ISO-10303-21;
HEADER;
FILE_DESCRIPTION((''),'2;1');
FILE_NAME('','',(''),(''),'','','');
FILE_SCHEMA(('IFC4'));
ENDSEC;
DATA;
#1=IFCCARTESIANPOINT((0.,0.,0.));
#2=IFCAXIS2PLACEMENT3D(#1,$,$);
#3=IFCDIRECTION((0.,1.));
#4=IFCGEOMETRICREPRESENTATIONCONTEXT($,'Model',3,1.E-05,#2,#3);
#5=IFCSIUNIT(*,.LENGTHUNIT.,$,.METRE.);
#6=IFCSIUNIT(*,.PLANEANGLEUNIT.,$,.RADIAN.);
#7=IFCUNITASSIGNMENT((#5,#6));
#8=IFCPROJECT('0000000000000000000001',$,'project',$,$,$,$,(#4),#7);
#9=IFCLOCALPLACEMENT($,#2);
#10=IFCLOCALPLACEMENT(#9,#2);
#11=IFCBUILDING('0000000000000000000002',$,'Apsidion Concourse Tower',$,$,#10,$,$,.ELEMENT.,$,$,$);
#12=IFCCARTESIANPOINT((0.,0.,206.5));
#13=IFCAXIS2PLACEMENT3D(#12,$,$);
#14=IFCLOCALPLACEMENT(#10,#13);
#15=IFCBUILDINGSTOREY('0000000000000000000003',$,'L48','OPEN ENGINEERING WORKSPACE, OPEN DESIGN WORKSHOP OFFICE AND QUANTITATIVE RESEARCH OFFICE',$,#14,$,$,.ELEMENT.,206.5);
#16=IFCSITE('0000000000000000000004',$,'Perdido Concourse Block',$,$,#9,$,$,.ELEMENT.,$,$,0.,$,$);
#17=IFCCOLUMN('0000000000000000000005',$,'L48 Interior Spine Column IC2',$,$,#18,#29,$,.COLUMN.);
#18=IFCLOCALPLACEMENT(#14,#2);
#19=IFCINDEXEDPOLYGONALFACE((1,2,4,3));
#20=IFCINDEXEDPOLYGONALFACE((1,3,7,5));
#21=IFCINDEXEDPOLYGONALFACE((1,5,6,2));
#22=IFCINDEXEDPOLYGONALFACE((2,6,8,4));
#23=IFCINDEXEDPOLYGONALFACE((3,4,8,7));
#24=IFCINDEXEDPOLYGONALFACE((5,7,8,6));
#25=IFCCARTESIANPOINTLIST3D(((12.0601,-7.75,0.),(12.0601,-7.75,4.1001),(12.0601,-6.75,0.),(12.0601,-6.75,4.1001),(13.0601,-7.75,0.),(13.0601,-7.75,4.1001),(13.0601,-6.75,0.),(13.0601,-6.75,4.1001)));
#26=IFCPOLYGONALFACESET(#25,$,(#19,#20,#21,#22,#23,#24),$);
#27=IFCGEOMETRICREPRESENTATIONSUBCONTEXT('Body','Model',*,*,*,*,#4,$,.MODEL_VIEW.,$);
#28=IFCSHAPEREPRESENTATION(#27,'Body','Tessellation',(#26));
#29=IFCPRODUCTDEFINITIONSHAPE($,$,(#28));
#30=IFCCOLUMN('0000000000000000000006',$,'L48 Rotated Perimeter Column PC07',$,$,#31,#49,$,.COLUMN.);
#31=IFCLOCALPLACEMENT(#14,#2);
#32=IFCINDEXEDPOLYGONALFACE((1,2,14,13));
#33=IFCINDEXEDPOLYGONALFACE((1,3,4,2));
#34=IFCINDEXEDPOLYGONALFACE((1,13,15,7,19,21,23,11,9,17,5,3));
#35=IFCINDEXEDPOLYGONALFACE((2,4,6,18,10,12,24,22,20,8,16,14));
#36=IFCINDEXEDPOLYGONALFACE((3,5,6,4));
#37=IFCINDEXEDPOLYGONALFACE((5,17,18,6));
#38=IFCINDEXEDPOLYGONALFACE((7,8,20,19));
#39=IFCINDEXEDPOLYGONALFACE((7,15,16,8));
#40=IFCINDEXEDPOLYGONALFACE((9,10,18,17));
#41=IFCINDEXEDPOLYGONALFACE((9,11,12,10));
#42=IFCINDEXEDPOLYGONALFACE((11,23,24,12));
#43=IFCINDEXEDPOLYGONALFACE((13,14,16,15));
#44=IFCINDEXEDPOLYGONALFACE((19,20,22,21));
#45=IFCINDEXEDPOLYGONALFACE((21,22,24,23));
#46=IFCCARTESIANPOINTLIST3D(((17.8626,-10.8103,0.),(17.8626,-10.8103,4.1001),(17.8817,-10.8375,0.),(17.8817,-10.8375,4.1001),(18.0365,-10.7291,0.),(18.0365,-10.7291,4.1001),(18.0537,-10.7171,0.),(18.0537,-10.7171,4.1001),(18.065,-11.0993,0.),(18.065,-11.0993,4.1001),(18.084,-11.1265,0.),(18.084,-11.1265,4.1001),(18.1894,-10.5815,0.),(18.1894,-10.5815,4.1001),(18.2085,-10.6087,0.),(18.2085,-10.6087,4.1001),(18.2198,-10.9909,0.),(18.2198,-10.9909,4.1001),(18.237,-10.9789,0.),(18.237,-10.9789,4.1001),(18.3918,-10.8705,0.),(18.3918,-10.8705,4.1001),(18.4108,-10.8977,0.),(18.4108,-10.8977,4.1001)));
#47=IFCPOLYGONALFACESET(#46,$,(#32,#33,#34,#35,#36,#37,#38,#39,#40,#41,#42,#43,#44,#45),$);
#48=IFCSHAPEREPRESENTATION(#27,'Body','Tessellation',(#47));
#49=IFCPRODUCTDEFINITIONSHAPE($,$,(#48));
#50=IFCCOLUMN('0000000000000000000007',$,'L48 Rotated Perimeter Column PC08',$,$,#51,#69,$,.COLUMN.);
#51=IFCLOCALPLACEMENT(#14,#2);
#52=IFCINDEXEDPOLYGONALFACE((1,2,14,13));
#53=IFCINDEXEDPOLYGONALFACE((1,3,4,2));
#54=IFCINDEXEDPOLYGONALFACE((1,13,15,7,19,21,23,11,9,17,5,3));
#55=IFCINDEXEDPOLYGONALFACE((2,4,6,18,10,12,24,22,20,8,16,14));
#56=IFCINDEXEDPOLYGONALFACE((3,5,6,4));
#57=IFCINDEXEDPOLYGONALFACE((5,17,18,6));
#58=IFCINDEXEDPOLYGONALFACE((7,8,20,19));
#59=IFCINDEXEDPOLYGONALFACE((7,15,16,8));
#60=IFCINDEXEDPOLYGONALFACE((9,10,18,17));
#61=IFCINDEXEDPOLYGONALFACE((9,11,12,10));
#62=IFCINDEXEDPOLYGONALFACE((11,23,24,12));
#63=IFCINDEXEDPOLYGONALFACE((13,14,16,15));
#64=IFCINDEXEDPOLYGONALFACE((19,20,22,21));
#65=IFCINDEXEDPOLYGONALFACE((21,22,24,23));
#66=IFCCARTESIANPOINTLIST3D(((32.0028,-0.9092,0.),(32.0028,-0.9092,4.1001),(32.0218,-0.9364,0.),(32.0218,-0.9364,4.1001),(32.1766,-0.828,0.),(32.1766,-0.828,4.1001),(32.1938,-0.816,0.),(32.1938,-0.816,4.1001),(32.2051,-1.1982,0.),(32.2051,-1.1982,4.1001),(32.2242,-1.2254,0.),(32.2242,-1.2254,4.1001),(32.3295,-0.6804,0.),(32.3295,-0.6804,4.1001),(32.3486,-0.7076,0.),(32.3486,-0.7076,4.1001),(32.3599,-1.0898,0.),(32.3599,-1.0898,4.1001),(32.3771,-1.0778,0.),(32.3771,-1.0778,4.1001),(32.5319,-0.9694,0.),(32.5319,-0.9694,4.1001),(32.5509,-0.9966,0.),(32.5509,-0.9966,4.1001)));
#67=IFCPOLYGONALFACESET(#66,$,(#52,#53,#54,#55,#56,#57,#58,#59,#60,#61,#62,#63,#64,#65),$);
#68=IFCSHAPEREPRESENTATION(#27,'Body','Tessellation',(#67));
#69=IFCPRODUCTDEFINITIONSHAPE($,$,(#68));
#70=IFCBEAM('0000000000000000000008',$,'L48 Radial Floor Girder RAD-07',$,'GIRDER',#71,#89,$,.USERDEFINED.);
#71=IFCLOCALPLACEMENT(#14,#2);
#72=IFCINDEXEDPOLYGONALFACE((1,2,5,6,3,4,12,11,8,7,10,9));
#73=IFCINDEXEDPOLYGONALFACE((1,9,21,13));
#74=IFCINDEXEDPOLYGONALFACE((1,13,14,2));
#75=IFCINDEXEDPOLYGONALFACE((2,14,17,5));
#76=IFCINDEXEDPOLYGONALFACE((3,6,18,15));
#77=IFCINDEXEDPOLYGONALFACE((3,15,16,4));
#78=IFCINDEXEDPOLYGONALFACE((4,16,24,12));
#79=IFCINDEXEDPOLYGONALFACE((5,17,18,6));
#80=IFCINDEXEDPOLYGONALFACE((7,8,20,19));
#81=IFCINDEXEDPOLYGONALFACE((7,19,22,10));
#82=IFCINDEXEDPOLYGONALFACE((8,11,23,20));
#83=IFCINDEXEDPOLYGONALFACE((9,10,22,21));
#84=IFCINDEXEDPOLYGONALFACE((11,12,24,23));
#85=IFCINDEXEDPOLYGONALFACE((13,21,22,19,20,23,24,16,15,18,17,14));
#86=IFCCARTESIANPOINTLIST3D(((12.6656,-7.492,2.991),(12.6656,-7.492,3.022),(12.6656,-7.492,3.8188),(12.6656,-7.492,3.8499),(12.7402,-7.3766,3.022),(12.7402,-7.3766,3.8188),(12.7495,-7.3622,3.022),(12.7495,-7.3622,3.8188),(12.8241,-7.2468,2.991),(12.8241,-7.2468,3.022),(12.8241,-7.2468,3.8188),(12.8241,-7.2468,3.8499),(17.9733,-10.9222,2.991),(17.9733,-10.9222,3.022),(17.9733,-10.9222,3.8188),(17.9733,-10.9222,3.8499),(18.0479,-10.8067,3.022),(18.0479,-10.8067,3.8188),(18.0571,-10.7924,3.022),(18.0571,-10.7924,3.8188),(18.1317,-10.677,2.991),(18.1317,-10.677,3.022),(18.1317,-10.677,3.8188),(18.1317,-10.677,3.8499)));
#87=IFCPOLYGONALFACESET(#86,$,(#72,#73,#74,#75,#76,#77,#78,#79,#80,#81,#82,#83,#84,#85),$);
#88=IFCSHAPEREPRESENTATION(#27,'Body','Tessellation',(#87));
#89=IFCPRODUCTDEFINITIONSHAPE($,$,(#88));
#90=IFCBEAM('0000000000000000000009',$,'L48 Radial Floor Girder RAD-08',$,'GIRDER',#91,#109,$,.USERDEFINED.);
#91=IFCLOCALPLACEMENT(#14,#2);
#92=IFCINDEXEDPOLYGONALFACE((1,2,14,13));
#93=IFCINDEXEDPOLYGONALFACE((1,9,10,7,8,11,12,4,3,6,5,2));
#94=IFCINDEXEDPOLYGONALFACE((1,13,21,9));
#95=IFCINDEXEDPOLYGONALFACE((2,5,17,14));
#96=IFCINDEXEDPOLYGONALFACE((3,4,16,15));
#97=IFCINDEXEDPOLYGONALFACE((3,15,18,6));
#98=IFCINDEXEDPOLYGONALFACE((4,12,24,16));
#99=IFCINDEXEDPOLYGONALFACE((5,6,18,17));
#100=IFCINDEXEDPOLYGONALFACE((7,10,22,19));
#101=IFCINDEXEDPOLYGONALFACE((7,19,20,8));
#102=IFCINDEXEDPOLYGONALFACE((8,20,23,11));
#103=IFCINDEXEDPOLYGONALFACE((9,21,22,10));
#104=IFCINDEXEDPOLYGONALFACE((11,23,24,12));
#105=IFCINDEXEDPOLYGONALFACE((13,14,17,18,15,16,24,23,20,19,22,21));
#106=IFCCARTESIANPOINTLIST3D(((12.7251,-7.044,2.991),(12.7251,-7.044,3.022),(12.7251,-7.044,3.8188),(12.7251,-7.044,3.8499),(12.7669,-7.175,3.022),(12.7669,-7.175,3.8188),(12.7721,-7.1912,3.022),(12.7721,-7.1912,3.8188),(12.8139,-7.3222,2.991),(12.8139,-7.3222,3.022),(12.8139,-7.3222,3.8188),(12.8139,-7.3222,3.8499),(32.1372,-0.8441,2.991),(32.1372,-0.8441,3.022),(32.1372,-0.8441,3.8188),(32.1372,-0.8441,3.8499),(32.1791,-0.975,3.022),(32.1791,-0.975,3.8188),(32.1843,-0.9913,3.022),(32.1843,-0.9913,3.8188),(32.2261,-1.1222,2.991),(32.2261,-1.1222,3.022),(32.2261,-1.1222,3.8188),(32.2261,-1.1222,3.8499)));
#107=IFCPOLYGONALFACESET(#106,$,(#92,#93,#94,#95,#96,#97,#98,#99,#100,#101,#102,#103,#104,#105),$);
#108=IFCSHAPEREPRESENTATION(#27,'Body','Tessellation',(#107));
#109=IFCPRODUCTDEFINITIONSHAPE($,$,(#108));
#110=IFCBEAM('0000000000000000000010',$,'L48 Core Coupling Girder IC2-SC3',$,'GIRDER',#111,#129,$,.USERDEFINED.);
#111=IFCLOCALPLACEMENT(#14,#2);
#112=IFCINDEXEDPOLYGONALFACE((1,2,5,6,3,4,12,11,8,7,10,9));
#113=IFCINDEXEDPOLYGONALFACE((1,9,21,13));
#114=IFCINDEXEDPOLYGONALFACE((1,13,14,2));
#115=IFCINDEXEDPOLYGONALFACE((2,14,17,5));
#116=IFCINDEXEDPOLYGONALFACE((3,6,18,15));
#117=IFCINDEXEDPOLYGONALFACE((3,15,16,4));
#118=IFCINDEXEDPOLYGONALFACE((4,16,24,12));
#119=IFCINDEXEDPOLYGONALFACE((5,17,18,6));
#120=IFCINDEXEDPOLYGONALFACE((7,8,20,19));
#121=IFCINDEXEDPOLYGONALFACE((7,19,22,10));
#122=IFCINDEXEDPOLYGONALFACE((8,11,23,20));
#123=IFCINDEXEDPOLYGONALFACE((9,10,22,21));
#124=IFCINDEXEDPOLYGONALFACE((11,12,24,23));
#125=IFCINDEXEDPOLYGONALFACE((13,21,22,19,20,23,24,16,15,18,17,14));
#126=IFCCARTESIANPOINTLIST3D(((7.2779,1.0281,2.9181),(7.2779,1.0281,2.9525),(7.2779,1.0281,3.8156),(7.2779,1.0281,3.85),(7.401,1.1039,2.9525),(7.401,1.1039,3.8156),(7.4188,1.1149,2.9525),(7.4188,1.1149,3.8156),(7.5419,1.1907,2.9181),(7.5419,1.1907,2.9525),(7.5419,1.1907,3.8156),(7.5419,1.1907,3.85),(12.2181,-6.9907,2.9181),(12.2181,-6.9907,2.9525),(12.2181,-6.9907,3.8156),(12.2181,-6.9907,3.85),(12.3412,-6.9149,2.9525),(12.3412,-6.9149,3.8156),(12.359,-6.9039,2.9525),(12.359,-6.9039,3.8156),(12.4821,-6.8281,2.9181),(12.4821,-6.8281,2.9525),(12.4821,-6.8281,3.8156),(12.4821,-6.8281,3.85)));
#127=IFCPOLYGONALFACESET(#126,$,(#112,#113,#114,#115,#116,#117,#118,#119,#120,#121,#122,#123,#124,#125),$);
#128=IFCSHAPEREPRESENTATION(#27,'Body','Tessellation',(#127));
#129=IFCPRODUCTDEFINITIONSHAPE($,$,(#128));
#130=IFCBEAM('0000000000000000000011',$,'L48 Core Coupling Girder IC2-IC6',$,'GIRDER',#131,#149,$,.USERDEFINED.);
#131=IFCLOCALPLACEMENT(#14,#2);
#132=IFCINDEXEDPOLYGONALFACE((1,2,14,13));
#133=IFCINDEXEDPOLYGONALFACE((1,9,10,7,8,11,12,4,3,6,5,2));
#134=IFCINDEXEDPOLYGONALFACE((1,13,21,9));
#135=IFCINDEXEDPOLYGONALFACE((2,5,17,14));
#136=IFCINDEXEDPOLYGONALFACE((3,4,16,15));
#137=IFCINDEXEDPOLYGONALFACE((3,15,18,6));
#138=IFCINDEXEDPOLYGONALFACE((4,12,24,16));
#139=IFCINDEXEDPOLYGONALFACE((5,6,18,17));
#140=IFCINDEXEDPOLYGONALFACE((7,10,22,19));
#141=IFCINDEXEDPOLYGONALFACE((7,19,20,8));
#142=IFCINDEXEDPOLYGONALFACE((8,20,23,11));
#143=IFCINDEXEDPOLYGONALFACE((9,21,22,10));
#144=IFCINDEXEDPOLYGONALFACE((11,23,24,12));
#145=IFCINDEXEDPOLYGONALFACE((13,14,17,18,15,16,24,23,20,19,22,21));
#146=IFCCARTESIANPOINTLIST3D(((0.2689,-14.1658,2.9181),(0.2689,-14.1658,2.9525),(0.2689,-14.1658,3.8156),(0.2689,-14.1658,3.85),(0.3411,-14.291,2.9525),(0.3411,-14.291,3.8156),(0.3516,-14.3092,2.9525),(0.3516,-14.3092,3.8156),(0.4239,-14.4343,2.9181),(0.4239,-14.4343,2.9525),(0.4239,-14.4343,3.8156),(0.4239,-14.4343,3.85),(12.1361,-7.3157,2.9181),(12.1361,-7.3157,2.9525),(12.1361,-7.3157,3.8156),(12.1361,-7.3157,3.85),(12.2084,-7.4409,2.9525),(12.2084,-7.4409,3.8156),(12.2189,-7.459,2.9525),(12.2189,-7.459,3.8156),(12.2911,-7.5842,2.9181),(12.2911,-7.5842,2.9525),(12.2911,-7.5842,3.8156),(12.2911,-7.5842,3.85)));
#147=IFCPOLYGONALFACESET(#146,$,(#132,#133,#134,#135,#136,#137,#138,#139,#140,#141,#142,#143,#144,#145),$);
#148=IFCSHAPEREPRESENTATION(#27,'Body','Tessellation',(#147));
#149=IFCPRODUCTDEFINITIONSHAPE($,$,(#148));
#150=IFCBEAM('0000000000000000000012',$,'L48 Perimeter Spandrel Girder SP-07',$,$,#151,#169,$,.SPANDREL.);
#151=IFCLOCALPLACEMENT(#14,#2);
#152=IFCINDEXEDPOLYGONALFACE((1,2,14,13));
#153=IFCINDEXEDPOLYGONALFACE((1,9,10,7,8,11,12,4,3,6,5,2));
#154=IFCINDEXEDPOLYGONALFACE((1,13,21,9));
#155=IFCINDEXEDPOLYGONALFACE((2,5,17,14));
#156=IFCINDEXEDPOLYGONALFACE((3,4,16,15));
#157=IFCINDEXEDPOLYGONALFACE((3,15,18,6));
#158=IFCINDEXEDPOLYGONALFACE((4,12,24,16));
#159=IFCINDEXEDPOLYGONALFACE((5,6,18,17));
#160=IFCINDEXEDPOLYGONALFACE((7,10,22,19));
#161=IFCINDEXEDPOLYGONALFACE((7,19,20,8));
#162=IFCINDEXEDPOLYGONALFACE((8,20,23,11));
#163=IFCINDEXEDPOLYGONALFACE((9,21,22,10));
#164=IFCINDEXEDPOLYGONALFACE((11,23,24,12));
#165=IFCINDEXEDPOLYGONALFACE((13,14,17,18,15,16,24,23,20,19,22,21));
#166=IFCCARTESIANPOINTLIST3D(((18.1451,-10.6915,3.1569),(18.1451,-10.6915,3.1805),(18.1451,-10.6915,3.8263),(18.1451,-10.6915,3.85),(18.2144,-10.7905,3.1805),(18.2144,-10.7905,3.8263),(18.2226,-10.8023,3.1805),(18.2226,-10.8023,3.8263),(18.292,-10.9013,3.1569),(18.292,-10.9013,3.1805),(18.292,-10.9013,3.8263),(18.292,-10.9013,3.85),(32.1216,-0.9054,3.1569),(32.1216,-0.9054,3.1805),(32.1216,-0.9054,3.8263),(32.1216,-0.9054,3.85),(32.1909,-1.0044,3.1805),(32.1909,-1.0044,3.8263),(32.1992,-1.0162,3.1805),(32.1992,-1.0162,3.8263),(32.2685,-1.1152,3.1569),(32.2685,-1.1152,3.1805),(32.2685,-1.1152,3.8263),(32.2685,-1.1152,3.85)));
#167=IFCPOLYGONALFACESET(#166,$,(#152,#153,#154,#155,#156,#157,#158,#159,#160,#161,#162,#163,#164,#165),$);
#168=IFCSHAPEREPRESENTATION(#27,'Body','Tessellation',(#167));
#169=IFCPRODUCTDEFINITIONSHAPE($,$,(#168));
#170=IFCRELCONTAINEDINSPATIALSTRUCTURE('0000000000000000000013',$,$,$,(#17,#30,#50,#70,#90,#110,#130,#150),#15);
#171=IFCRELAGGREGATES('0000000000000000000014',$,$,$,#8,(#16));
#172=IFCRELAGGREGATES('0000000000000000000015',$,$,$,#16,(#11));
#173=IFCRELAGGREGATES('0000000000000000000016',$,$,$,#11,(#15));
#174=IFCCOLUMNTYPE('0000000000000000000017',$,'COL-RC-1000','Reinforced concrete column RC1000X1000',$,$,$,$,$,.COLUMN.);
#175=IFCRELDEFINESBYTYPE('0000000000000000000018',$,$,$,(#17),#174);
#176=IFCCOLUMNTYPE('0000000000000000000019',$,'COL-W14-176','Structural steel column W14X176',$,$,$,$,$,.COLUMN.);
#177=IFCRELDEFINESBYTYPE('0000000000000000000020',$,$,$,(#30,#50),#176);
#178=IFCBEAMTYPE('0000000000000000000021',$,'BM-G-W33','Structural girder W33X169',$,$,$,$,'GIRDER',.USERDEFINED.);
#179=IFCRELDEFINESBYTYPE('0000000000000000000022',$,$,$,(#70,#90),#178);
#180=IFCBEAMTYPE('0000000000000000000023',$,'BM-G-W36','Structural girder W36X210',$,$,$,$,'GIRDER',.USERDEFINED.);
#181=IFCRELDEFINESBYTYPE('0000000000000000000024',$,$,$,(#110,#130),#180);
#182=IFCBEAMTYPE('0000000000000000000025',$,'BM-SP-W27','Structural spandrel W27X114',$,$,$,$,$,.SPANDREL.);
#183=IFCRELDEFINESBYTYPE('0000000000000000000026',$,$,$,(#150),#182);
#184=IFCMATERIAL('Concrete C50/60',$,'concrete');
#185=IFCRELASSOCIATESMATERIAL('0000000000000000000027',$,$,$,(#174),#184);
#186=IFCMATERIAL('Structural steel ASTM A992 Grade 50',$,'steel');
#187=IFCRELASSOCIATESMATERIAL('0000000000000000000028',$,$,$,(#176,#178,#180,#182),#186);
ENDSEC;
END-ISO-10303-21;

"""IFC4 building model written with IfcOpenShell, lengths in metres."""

from ifc_helpers import new_model, si_unit, direction, frame, origin, origin_2d, place, context, subcontext, project, spatial, rectangle, i_section, extrude, material, material_profile, profile_set, type_object, element, save


model = new_model("IFC4")

# Units and contexts
model_context = context("Model", 3, precision=1e-05, world=origin(), true_north=direction((0.0, 1.0)))
body_context = subcontext(model_context, "Body", "Model", "MODEL_VIEW")
ifc_project = project(units=[si_unit("LENGTHUNIT", "METRE"), si_unit("PLANEANGLEUNIT", "RADIAN")], contexts=[model_context])

# Site, building, storey
site_placement = place(None, origin())
site = spatial("IfcSite", under=ifc_project, at=site_placement, Name="Perdido Concourse Block", CompositionType="ELEMENT", RefElevation=0.0)
building_placement = place(site_placement, origin())
building = spatial("IfcBuilding", under=site, at=building_placement, Name="Apsidion Concourse Tower", CompositionType="ELEMENT")
storey_placement = place(building_placement, frame((0.0, 0.0, 206.5)))
storey = spatial("IfcBuildingStorey", under=building, at=storey_placement, Name="L48", Description="OPEN ENGINEERING WORKSPACE, OPEN DESIGN WORKSHOP OFFICE AND QUANTITATIVE RESEARCH OFFICE", CompositionType="ELEMENT", Elevation=206.5)

# Columns
ifc_material_1 = material(Name="Concrete C50/60", Category="concrete")
ifc_material_profile_1 = material_profile(ifc_material_1, rectangle(XDim=1.0, YDim=1.0, at=origin_2d()), Name="RC 1000x1000")
ifc_profile_set_1 = profile_set([ifc_material_profile_1], Name="Concrete C50/60")
column_type_1 = type_object("IfcColumnType", Name="COL-RC-1000", Description="Reinforced concrete column RC1000X1000", PredefinedType="COLUMN", material=ifc_profile_set_1)
column_placement = place(storey_placement, frame((12.5601, -7.25, 0.0), z_axis=(0.0, 0.0, 1.0), x_axis=(1.0, 0.0, 0.0)))
element("IfcColumn", 1, at=column_placement, inside=storey, type_object=column_type_1, Name="L48 Interior Spine Column IC2", PredefinedType="COLUMN", context=body_context, shape_type="SweptSolid", body=[
    extrude(rectangle(XDim=1.0, YDim=1.0, at=origin_2d()), origin(), (0.0, 0.0, 1.0), 4.1001),
])
ifc_material_2 = material(Name="Structural steel ASTM A992 Grade 50", Category="steel")
ifc_material_profile_2 = material_profile(ifc_material_2, i_section(OverallWidth=0.3989, OverallDepth=0.386, WebThickness=0.021, FlangeThickness=0.0332, at=origin_2d()), Name="W14X176")
ifc_profile_set_2 = profile_set([ifc_material_profile_2], Name="Structural steel ASTM A992 Grade 50")
column_type_2 = type_object("IfcColumnType", Name="COL-W14-176", Description="Structural steel column W14X176", PredefinedType="COLUMN", material=ifc_profile_set_2)
for number, where, z_axis, x_axis, name in (
    (2, (18.1367, -10.854, 0.0), (0.0, 0.0, 1.0), (0.819152, 0.573576, 0.0), "L48 Rotated Perimeter Column PC07"),
    (3, (32.2769, -0.9529, 0.0), (0.0, 0.0, 1.0), (0.819152, 0.573576, 0.0), "L48 Rotated Perimeter Column PC08"),
):
    element("IfcColumn", number, at=place(storey_placement, frame(where, z_axis=z_axis, x_axis=x_axis)), inside=storey, type_object=column_type_2, Name=name, PredefinedType="COLUMN", context=body_context, shape_type="SweptSolid", body=[
        extrude(i_section(OverallWidth=0.3989, OverallDepth=0.386, WebThickness=0.021, FlangeThickness=0.0332, at=origin_2d()), origin(), (0.0, 0.0, 1.0), 4.1001),
    ])

# Beams
ifc_material_profile_3 = material_profile(ifc_material_2, i_section(OverallWidth=0.292, OverallDepth=0.8589, WebThickness=0.0171, FlangeThickness=0.031, at=origin_2d()), Name="W33X169")
ifc_profile_set_3 = profile_set([ifc_material_profile_3], Name="Structural steel ASTM A992 Grade 50")
beam_type_1 = type_object("IfcBeamType", Name="BM-G-W33", Description="Structural girder W33X169", ElementType="GIRDER", PredefinedType="USERDEFINED", material=ifc_profile_set_3)
beam_1_placement = place(storey_placement, frame((12.7449, -7.3694, 3.4204), z_axis=(0.839871, -0.542787, 0.0), x_axis=(0.542787, 0.839871, 0.0)))
element("IfcBeam", 4, at=beam_1_placement, inside=storey, type_object=beam_type_1, Name="L48 Radial Floor Girder RAD-07", ObjectType="GIRDER", PredefinedType="USERDEFINED", context=body_context, shape_type="SweptSolid", body=[
    extrude(i_section(OverallWidth=0.292, OverallDepth=0.8589, WebThickness=0.0171, FlangeThickness=0.031, at=origin_2d()), origin(), (0.0, 0.0, 1.0), 6.3196),
])
beam_2_placement = place(storey_placement, frame((12.7695, -7.1831, 3.4204), z_axis=(0.952594, 0.304245, 0.0), x_axis=(-0.304245, 0.952594, 0.0)))
element("IfcBeam", 5, at=beam_2_placement, inside=storey, type_object=beam_type_1, Name="L48 Radial Floor Girder RAD-08", ObjectType="GIRDER", PredefinedType="USERDEFINED", context=body_context, shape_type="SweptSolid", body=[
    extrude(i_section(OverallWidth=0.292, OverallDepth=0.8589, WebThickness=0.0171, FlangeThickness=0.031, at=origin_2d()), origin(), (0.0, 0.0, 1.0), 20.3782),
])
ifc_material_profile_4 = material_profile(ifc_material_2, i_section(OverallWidth=0.3101, OverallDepth=0.9319, WebThickness=0.021, FlangeThickness=0.0344, at=origin_2d()), Name="W36X210")
ifc_profile_set_4 = profile_set([ifc_material_profile_4], Name="Structural steel ASTM A992 Grade 50")
beam_type_2 = type_object("IfcBeamType", Name="BM-G-W36", Description="Structural girder W36X210", ElementType="GIRDER", PredefinedType="USERDEFINED", material=ifc_profile_set_4)
beam_3_placement = place(storey_placement, frame((12.3501, -6.9094, 3.384), z_axis=(-0.524524, 0.851396, 0.0), x_axis=(-0.851396, -0.524524, 0.0)))
element("IfcBeam", 6, at=beam_3_placement, inside=storey, type_object=beam_type_2, Name="L48 Core Coupling Girder IC2-SC3", ObjectType="GIRDER", PredefinedType="USERDEFINED", context=body_context, shape_type="SweptSolid", body=[
    extrude(i_section(OverallWidth=0.3101, OverallDepth=0.9319, WebThickness=0.021, FlangeThickness=0.0344, at=origin_2d()), origin(), (0.0, 0.0, 1.0), 9.4185),
])
beam_4_placement = place(storey_placement, frame((12.2136, -7.45, 3.384), z_axis=(-0.86607, -0.499922, 0.0), x_axis=(0.499922, -0.86607, 0.0)))
element("IfcBeam", 7, at=beam_4_placement, inside=storey, type_object=beam_type_2, Name="L48 Core Coupling Girder IC2-IC6", ObjectType="GIRDER", PredefinedType="USERDEFINED", context=body_context, shape_type="SweptSolid", body=[
    extrude(i_section(OverallWidth=0.3101, OverallDepth=0.9319, WebThickness=0.021, FlangeThickness=0.0344, at=origin_2d()), origin(), (0.0, 0.0, 1.0), 13.7024),
])
ifc_material_profile_5 = material_profile(ifc_material_2, i_section(OverallWidth=0.2561, OverallDepth=0.6931, WebThickness=0.0144, FlangeThickness=0.0237, at=origin_2d()), Name="W27X114")
ifc_profile_set_5 = profile_set([ifc_material_profile_5], Name="Structural steel ASTM A992 Grade 50")
beam_type_3 = type_object("IfcBeamType", Name="BM-SP-W27", Description="Structural spandrel W27X114", PredefinedType="SPANDREL", material=ifc_profile_set_5)
beam_5_placement = place(storey_placement, frame((18.2185, -10.7964, 3.5034), z_axis=(0.819162, 0.573562, 0.0), x_axis=(-0.573562, 0.819162, 0.0)))
element("IfcBeam", 8, at=beam_5_placement, inside=storey, type_object=beam_type_3, Name="L48 Perimeter Spandrel Girder SP-07", PredefinedType="SPANDREL", context=body_context, shape_type="SweptSolid", body=[
    extrude(i_section(OverallWidth=0.2561, OverallDepth=0.6931, WebThickness=0.0144, FlangeThickness=0.0237, at=origin_2d()), origin(), (0.0, 0.0, 1.0), 17.062),
])

save(model, "model.ifc")
